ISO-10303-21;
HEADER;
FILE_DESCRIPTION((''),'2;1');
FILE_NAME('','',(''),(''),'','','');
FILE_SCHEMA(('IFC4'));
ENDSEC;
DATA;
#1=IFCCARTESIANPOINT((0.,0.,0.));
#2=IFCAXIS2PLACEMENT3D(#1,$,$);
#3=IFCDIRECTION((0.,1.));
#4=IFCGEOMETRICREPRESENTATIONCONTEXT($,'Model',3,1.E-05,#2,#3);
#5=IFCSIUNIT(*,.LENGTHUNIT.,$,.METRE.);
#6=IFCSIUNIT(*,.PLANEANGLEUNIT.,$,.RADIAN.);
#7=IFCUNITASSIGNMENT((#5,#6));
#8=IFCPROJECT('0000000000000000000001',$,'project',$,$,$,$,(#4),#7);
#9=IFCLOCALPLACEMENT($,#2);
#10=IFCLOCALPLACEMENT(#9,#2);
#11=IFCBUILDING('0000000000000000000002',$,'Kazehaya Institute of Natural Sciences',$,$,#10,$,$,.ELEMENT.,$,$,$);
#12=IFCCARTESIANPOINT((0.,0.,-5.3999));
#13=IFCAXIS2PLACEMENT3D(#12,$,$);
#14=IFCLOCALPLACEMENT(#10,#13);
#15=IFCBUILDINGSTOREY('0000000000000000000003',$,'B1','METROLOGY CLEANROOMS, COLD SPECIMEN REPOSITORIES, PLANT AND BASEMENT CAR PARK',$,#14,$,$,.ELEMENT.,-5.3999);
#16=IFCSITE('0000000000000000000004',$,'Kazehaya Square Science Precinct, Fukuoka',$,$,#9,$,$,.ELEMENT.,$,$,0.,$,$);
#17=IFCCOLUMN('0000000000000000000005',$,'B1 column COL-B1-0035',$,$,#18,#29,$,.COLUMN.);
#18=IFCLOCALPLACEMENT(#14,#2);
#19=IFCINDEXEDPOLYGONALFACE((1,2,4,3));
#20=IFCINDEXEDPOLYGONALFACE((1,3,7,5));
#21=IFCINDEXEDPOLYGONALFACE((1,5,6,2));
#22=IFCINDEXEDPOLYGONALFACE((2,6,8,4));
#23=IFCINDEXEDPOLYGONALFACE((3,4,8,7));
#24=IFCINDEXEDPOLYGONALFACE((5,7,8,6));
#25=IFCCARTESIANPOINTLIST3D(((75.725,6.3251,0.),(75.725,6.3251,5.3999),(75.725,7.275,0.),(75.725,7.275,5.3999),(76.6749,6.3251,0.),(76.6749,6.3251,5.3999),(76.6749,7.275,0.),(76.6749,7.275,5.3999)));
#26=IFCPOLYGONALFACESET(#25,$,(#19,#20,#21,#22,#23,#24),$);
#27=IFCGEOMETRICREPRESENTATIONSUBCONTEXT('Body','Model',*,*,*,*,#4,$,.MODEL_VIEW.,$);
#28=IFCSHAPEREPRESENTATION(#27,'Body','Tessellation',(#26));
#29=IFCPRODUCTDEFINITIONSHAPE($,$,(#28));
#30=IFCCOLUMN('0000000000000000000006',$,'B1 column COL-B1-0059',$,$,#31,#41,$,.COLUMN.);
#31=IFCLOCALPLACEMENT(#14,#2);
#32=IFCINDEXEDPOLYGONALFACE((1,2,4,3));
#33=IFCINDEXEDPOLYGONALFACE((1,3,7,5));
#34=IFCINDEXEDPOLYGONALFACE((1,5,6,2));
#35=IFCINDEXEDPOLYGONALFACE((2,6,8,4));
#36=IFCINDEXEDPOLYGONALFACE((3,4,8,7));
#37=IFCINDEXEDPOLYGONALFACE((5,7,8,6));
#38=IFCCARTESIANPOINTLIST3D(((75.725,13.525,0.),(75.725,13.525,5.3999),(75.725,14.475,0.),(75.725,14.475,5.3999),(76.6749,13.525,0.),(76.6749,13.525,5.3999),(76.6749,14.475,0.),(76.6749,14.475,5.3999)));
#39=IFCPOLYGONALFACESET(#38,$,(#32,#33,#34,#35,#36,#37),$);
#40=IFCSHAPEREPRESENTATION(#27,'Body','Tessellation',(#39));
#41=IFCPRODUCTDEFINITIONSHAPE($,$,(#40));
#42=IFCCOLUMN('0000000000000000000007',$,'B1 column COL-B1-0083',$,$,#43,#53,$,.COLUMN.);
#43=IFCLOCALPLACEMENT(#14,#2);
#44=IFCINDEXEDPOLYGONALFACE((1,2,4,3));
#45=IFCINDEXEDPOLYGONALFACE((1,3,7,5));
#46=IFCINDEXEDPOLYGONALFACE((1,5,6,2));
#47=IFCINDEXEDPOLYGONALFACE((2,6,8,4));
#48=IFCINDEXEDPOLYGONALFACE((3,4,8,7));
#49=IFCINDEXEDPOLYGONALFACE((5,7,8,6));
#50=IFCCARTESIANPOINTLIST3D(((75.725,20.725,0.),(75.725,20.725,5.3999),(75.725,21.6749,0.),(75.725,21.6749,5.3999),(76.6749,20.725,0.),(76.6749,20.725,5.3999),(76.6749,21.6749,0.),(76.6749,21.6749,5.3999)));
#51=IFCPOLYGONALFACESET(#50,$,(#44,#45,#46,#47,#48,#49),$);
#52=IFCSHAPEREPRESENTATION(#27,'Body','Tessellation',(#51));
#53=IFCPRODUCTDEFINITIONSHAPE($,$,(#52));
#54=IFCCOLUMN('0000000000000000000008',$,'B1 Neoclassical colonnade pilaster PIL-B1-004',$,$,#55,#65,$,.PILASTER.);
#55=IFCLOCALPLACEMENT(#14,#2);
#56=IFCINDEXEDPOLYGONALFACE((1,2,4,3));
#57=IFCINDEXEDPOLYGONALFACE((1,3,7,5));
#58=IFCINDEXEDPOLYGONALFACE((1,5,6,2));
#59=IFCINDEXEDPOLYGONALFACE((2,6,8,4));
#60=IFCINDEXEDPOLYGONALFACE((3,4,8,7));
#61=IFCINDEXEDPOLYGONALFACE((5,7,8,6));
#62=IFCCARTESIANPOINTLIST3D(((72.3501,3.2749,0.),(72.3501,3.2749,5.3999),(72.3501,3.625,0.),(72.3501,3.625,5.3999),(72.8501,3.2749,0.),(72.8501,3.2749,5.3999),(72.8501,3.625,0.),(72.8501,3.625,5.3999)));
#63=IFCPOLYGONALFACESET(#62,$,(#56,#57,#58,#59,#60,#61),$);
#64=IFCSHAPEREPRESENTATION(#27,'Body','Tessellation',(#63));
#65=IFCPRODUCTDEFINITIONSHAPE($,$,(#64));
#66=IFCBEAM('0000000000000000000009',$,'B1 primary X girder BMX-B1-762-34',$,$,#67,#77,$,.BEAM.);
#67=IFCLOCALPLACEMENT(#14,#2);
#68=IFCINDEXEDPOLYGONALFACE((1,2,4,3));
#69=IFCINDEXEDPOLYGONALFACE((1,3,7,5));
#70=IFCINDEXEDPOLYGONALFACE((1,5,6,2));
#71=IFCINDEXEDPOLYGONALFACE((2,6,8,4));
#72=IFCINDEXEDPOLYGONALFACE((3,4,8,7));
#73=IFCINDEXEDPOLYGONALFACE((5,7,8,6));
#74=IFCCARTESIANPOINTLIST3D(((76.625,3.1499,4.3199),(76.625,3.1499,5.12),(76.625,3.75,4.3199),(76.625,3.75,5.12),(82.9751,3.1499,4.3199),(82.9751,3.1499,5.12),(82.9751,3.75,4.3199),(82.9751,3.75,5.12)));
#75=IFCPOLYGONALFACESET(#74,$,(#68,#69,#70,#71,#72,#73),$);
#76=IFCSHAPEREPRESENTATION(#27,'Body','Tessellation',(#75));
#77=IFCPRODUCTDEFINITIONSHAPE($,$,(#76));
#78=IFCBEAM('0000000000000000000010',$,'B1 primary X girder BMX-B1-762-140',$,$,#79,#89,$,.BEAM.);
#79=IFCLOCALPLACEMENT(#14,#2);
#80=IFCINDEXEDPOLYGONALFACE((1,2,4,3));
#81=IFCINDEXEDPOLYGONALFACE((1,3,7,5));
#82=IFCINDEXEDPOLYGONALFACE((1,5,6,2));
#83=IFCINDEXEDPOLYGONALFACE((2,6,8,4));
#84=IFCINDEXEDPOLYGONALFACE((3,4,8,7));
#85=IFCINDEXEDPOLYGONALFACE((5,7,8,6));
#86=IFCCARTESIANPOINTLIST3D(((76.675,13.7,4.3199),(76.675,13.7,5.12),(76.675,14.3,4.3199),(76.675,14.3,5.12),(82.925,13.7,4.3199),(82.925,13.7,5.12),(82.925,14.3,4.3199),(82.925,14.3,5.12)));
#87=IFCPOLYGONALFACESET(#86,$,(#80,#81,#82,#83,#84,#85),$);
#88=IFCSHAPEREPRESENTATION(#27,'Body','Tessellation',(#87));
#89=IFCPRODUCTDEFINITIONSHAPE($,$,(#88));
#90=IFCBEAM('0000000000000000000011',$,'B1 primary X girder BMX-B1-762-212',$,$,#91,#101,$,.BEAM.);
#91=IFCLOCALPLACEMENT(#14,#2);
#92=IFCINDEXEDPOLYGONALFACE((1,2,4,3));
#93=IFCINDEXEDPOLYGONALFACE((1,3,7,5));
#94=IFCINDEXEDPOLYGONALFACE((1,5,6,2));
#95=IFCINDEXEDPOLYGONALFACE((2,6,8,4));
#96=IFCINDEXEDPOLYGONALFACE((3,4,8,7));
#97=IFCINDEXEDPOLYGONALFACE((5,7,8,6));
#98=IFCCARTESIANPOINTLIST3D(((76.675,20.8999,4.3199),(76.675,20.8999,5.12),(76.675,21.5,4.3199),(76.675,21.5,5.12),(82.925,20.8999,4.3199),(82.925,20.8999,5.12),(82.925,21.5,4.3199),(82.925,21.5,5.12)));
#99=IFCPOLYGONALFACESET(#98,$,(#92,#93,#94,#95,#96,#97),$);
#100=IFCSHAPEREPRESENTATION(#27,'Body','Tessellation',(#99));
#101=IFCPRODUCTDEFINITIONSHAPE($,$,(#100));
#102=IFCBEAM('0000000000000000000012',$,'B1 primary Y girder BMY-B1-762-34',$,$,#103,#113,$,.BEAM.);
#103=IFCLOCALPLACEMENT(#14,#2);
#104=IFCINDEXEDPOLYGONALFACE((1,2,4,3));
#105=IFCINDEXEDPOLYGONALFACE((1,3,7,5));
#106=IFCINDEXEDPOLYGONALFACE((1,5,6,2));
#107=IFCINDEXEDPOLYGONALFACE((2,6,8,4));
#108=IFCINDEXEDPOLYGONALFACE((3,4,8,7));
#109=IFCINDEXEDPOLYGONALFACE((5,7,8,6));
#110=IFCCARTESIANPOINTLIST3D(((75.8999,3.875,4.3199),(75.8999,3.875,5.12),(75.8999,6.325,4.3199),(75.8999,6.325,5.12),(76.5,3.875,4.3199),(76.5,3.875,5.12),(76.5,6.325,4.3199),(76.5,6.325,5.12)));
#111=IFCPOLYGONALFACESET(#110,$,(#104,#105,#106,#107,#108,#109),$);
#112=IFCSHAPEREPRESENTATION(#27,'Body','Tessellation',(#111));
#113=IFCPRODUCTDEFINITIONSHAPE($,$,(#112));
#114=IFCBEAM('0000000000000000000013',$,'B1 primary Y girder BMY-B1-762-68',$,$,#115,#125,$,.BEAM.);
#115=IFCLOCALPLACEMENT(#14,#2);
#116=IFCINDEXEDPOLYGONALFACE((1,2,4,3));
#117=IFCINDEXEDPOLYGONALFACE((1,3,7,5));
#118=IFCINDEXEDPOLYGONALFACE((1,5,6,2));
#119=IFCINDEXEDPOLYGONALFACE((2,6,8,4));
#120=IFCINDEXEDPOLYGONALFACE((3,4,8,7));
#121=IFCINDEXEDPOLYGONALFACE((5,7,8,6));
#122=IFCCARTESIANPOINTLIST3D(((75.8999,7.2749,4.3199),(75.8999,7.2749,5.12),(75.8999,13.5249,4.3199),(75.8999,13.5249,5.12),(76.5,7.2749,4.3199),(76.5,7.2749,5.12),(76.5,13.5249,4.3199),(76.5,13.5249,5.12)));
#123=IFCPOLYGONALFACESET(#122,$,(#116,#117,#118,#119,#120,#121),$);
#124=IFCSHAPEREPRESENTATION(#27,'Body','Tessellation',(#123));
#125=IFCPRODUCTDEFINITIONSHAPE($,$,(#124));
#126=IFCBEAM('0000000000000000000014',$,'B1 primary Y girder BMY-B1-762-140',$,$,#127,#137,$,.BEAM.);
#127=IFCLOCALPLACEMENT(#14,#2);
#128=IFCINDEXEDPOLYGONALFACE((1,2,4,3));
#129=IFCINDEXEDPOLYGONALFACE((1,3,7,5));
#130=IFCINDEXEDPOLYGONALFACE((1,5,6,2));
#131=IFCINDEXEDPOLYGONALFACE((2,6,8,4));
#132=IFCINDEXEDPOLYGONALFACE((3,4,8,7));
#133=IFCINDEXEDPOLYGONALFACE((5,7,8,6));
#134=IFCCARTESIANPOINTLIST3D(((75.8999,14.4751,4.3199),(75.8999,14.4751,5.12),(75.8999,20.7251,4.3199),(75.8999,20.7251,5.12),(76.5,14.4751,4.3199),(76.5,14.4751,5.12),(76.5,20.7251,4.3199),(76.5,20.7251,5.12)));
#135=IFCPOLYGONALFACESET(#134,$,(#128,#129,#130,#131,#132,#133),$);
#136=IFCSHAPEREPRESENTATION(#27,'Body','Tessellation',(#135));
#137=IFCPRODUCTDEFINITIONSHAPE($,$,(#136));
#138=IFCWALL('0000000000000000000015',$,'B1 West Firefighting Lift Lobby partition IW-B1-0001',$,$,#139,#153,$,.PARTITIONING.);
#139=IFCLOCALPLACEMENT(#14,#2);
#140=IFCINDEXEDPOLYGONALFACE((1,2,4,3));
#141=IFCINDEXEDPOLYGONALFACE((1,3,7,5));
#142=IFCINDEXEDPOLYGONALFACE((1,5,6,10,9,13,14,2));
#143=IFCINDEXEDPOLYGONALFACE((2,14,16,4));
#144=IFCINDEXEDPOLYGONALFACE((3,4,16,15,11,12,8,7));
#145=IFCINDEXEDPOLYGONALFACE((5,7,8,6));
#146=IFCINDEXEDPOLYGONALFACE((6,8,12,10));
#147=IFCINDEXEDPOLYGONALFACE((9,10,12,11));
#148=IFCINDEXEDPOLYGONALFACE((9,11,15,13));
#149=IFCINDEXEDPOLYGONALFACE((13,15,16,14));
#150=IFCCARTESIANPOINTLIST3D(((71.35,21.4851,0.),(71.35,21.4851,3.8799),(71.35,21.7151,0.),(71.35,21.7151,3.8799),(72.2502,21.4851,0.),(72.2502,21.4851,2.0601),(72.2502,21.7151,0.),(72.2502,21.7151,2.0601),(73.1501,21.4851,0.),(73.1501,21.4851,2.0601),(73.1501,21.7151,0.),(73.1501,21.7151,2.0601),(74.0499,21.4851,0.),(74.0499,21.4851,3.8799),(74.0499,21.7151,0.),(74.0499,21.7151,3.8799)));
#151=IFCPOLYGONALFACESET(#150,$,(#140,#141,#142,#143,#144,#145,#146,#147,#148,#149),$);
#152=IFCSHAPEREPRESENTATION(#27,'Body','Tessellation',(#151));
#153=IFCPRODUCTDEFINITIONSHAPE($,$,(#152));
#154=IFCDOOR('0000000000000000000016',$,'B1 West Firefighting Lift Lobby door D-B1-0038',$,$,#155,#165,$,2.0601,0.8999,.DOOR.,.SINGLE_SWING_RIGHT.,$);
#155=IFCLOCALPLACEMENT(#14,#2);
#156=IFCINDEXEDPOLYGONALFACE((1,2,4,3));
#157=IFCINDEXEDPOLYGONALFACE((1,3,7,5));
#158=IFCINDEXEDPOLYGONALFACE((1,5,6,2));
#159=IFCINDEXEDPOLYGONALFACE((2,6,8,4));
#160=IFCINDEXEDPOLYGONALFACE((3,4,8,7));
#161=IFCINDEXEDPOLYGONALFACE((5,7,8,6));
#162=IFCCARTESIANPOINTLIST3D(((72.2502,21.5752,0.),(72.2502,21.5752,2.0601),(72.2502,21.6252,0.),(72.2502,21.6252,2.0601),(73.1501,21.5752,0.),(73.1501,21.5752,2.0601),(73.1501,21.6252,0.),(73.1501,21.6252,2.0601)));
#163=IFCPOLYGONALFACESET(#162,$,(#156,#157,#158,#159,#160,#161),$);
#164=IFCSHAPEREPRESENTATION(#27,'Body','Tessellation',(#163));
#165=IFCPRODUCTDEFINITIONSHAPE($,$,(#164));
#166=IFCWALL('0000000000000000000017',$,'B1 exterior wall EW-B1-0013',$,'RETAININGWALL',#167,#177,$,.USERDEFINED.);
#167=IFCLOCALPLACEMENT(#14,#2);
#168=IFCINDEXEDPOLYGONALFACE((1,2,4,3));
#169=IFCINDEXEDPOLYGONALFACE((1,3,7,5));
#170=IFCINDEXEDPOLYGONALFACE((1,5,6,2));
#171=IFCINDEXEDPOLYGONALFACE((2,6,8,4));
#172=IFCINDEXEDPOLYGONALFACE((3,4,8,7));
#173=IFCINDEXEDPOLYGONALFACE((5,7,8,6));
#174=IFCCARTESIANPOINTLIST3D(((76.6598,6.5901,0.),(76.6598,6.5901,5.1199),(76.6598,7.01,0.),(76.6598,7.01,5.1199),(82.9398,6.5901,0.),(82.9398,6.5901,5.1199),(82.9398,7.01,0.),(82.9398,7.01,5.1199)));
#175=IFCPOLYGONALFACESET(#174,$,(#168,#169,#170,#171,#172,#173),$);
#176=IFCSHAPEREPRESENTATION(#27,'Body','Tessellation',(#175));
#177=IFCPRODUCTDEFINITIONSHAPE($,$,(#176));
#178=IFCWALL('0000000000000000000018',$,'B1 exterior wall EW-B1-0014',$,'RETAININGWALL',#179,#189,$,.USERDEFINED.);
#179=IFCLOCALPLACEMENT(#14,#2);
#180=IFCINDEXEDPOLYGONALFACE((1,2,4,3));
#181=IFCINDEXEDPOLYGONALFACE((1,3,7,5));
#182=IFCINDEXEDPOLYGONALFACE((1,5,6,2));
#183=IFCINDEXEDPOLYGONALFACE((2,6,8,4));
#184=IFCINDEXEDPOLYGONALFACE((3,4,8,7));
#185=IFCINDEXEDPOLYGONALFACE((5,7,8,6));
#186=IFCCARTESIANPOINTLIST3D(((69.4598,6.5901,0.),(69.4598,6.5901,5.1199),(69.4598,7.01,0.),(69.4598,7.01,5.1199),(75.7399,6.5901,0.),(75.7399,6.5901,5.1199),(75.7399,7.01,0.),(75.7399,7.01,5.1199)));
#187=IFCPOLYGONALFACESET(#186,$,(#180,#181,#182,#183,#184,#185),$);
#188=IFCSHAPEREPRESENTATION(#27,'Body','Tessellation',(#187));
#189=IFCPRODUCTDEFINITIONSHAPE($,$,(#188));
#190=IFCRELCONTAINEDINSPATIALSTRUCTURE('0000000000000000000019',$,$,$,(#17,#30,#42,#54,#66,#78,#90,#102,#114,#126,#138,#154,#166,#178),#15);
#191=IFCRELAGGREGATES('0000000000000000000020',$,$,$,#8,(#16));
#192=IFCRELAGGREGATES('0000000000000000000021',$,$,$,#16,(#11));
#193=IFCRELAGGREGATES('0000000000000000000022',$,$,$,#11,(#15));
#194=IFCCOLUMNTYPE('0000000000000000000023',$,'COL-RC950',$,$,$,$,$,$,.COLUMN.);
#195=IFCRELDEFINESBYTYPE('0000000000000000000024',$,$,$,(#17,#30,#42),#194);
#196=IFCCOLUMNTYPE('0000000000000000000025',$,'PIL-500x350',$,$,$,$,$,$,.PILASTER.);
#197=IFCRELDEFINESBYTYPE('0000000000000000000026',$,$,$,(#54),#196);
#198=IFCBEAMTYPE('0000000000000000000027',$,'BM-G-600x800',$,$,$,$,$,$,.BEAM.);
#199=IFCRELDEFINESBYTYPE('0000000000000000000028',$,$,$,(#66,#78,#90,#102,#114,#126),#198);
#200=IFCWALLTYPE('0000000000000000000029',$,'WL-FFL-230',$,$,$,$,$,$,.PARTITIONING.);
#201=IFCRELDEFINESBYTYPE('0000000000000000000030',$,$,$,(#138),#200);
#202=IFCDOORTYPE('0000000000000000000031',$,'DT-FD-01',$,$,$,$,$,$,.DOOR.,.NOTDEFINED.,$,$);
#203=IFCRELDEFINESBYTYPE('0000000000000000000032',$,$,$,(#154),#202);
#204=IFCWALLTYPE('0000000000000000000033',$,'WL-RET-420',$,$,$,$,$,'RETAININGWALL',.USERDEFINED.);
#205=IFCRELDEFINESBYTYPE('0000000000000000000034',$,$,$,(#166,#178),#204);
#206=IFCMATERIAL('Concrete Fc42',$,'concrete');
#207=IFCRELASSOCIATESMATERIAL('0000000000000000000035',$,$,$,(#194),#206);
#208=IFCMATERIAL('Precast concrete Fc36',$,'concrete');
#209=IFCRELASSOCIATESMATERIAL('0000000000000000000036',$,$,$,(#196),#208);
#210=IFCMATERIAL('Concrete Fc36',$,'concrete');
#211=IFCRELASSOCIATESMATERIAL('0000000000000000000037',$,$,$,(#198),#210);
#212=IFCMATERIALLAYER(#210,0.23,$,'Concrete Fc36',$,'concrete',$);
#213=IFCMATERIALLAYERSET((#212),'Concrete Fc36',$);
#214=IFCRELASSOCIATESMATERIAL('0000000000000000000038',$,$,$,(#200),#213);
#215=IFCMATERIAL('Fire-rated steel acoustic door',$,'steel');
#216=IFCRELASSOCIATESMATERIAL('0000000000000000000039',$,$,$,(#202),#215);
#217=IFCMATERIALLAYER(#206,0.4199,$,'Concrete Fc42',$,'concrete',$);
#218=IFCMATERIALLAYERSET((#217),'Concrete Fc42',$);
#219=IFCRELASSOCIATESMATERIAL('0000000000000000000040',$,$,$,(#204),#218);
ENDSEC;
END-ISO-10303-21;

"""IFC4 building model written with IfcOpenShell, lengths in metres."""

from ifc_helpers import new_model, si_unit, direction, frame, frame_2d, origin, origin_2d, place, context, subcontext, project, spatial, rectangle, extrude, material, layer, layer_set, material_profile, profile_set, type_object, element, fill, save


model = new_model("IFC4")

# Units and contexts
model_context = context("Model", 3, precision=1e-05, world=origin(), true_north=direction((0.0, 1.0)))
body_context = subcontext(model_context, "Body", "Model", "MODEL_VIEW")
ifc_project = project(units=[si_unit("LENGTHUNIT", "METRE"), si_unit("PLANEANGLEUNIT", "RADIAN")], contexts=[model_context])

# Site, building, storey
site_placement = place(None, origin())
site = spatial("IfcSite", under=ifc_project, at=site_placement, Name="Kazehaya Square Science Precinct, Fukuoka", CompositionType="ELEMENT", RefElevation=0.0)
building_placement = place(site_placement, origin())
building = spatial("IfcBuilding", under=site, at=building_placement, Name="Kazehaya Institute of Natural Sciences", CompositionType="ELEMENT")
storey_placement = place(building_placement, frame((0.0, 0.0, -5.3999)))
storey = spatial("IfcBuildingStorey", under=building, at=storey_placement, Name="B1", Description="METROLOGY CLEANROOMS, COLD SPECIMEN REPOSITORIES, PLANT AND BASEMENT CAR PARK", CompositionType="ELEMENT", Elevation=-5.3999)

# Shared definitions
ifc_material_1 = material(Name="Concrete Fc36", Category="concrete")

# Columns
ifc_material_2 = material(Name="Concrete Fc42", Category="concrete")
ifc_material_profile_1 = material_profile(ifc_material_2, rectangle(XDim=0.95, YDim=0.95, at=origin_2d()), Name="RC-950x950")
ifc_profile_set_1 = profile_set([ifc_material_profile_1], Name="Concrete Fc42")
column_type_1 = type_object("IfcColumnType", Name="COL-RC950", PredefinedType="COLUMN", material=ifc_profile_set_1)
for number, where, z_axis, x_axis, name in (
    (1, (76.2, 6.8, 0.0), (0.0, 0.0, 1.0), (1.0, 0.0, 0.0), "B1 column COL-B1-0035"),
    (2, (76.2, 14.0, 0.0), (0.0, 0.0, 1.0), (1.0, 0.0, 0.0), "B1 column COL-B1-0059"),
    (3, (76.2, 21.2, 0.0), (0.0, 0.0, 1.0), (1.0, 0.0, 0.0), "B1 column COL-B1-0083"),
):
    element("IfcColumn", number, at=place(storey_placement, frame(where, z_axis=z_axis, x_axis=x_axis)), inside=storey, type_object=column_type_1, Name=name, PredefinedType="COLUMN", context=body_context, shape_type="SweptSolid", body=[
        extrude(rectangle(XDim=0.95, YDim=0.95, at=origin_2d()), origin(), (0.0, 0.0, 1.0), 5.3999),
    ])
ifc_material_3 = material(Name="Precast concrete Fc36", Category="concrete")
ifc_material_profile_2 = material_profile(ifc_material_3, rectangle(XDim=0.5, YDim=0.3501, at=origin_2d()), Name="RC-PIL-500x350")
ifc_profile_set_2 = profile_set([ifc_material_profile_2], Name="Precast concrete Fc36")
column_type_2 = type_object("IfcColumnType", Name="PIL-500x350", PredefinedType="PILASTER", material=ifc_profile_set_2)
column_1_placement = place(storey_placement, frame((72.6001, 3.45, 0.0), z_axis=(0.0, 0.0, 1.0), x_axis=(1.0, 0.0, 0.0)))
element("IfcColumn", 4, at=column_1_placement, inside=storey, type_object=column_type_2, Name="B1 Neoclassical colonnade pilaster PIL-B1-004", PredefinedType="PILASTER", context=body_context, shape_type="SweptSolid", body=[
    extrude(rectangle(XDim=0.5, YDim=0.3501, at=origin_2d()), origin(), (0.0, 0.0, 1.0), 5.3999),
])

# Beams
ifc_material_profile_3 = material_profile(ifc_material_1, rectangle(XDim=0.6001, YDim=0.8, at=origin_2d()), Name="RC-600x800")
ifc_profile_set_3 = profile_set([ifc_material_profile_3], Name="Concrete Fc36")
beam_type = type_object("IfcBeamType", Name="BM-G-600x800", PredefinedType="BEAM", material=ifc_profile_set_3)
beam_1_placement = place(storey_placement, frame((76.625, 3.45, 4.72), z_axis=(1.0, 0.0, 0.0), x_axis=(0.0, 1.0, 0.0)))
element("IfcBeam", 5, at=beam_1_placement, inside=storey, type_object=beam_type, Name="B1 primary X girder BMX-B1-762-34", PredefinedType="BEAM", context=body_context, shape_type="SweptSolid", body=[
    extrude(rectangle(XDim=0.6001, YDim=0.8, at=origin_2d()), origin(), (0.0, 0.0, 1.0), 6.3501),
])
for number, where, z_axis, x_axis, name in (
    (6, (76.675, 14.0, 4.72), (1.0, 0.0, 0.0), (0.0, 1.0, 0.0), "B1 primary X girder BMX-B1-762-140"),
    (7, (76.675, 21.2, 4.72), (1.0, 0.0, 0.0), (0.0, 1.0, 0.0), "B1 primary X girder BMX-B1-762-212"),
):
    element("IfcBeam", number, at=place(storey_placement, frame(where, z_axis=z_axis, x_axis=x_axis)), inside=storey, type_object=beam_type, Name=name, PredefinedType="BEAM", context=body_context, shape_type="SweptSolid", body=[
        extrude(rectangle(XDim=0.6001, YDim=0.8, at=origin_2d()), origin(), (0.0, 0.0, 1.0), 6.25),
    ])
beam_2_placement = place(storey_placement, frame((76.2, 3.875, 4.72), z_axis=(0.0, 1.0, 0.0), x_axis=(-1.0, 0.0, 0.0)))
element("IfcBeam", 8, at=beam_2_placement, inside=storey, type_object=beam_type, Name="B1 primary Y girder BMY-B1-762-34", PredefinedType="BEAM", context=body_context, shape_type="SweptSolid", body=[
    extrude(rectangle(XDim=0.6001, YDim=0.8, at=origin_2d()), origin(), (0.0, 0.0, 1.0), 2.45),
])
for number, where, z_axis, x_axis, name in (
    (9, (76.2, 7.2749, 4.72), (0.0, 1.0, 0.0), (-1.0, 0.0, 0.0), "B1 primary Y girder BMY-B1-762-68"),
    (10, (76.2, 14.4751, 4.72), (0.0, 1.0, 0.0), (-1.0, 0.0, 0.0), "B1 primary Y girder BMY-B1-762-140"),
):
    element("IfcBeam", number, at=place(storey_placement, frame(where, z_axis=z_axis, x_axis=x_axis)), inside=storey, type_object=beam_type, Name=name, PredefinedType="BEAM", context=body_context, shape_type="SweptSolid", body=[
        extrude(rectangle(XDim=0.6001, YDim=0.8, at=origin_2d()), origin(), (0.0, 0.0, 1.0), 6.25),
    ])

# Wall, opening, door
ifc_layer_1 = layer(ifc_material_1, 0.23, Name="Concrete Fc36", Category="concrete")
ifc_layer_set_1 = layer_set([ifc_layer_1], Name="Concrete Fc36")
wall_type_1 = type_object("IfcWallType", Name="WL-FFL-230", PredefinedType="PARTITIONING", material=ifc_layer_set_1)
wall_placement = place(storey_placement, frame((74.05, 21.6001, 0.0), z_axis=(0.0, 0.0, 1.0), x_axis=(-1.0, 0.0, 0.0)))
wall = element("IfcWall", 11, at=wall_placement, inside=storey, type_object=wall_type_1, Name="B1 West Firefighting Lift Lobby partition IW-B1-0001", PredefinedType="PARTITIONING", context=body_context, shape_type="SweptSolid", body=[
    extrude(rectangle(XDim=2.7, YDim=0.23, at=frame_2d((1.3501, 0.0))), origin(), (0.0, 0.0, 1.0), 3.8799),
])
opening_placement = place(wall_placement, frame((0.8999, 0.0, 0.0)))
opening = element("IfcOpeningElement", 12, at=opening_placement, cuts=wall, PredefinedType="OPENING", context=body_context, shape_type="SweptSolid", body=[
    extrude(rectangle(XDim=0.8999, YDim=2.0601, at=frame_2d((0.45, 1.03))), frame((0.0, 0.125, 0.0), z_axis=(0.0, -1.0, 0.0), x_axis=(1.0, 0.0, 0.0)), (0.0, 0.0, 1.0), 0.25),
])
ifc_material_4 = material(Name="Fire-rated steel acoustic door", Category="steel")
door_type = type_object("IfcDoorType", Name="DT-FD-01", OperationType="NOTDEFINED", PredefinedType="DOOR", material=ifc_material_4)
door_placement = place(opening_placement, origin())
door = element("IfcDoor", 13, at=door_placement, inside=storey, type_object=door_type, Name="B1 West Firefighting Lift Lobby door D-B1-0038", OperationType="SINGLE_SWING_RIGHT", OverallHeight=2.0601, OverallWidth=0.8999, PredefinedType="DOOR", context=body_context, shape_type="SweptSolid", body=[
    extrude(rectangle(XDim=0.8999, YDim=2.0601, at=frame_2d((0.45, 1.03))), frame((0.0, 0.0249, 0.0), z_axis=(0.0, -1.0, 0.0), x_axis=(1.0, 0.0, 0.0)), (0.0, 0.0, 1.0), 0.05),
])
fill(opening, door)

# Walls
ifc_layer_2 = layer(ifc_material_2, 0.4199, Name="Concrete Fc42", Category="concrete")
ifc_layer_set_2 = layer_set([ifc_layer_2], Name="Concrete Fc42")
wall_type_2 = type_object("IfcWallType", Name="WL-RET-420", ElementType="RETAININGWALL", PredefinedType="USERDEFINED", material=ifc_layer_set_2)
for number, where, z_axis, x_axis, name in (
    (14, (82.9399, 6.8, 0.0), (0.0, 0.0, 1.0), (-1.0, 0.0, 0.0), "B1 exterior wall EW-B1-0013"),
    (15, (75.74, 6.8, 0.0), (0.0, 0.0, 1.0), (-1.0, 0.0, 0.0), "B1 exterior wall EW-B1-0014"),
):
    element("IfcWall", number, at=place(storey_placement, frame(where, z_axis=z_axis, x_axis=x_axis)), inside=storey, type_object=wall_type_2, Name=name, ObjectType="RETAININGWALL", PredefinedType="USERDEFINED", context=body_context, shape_type="SweptSolid", body=[
        extrude(rectangle(XDim=6.28, YDim=0.4199, at=frame_2d((3.1401, 0.0))), origin(), (0.0, 0.0, 1.0), 5.1199),
    ])

save(model, "model.ifc")
